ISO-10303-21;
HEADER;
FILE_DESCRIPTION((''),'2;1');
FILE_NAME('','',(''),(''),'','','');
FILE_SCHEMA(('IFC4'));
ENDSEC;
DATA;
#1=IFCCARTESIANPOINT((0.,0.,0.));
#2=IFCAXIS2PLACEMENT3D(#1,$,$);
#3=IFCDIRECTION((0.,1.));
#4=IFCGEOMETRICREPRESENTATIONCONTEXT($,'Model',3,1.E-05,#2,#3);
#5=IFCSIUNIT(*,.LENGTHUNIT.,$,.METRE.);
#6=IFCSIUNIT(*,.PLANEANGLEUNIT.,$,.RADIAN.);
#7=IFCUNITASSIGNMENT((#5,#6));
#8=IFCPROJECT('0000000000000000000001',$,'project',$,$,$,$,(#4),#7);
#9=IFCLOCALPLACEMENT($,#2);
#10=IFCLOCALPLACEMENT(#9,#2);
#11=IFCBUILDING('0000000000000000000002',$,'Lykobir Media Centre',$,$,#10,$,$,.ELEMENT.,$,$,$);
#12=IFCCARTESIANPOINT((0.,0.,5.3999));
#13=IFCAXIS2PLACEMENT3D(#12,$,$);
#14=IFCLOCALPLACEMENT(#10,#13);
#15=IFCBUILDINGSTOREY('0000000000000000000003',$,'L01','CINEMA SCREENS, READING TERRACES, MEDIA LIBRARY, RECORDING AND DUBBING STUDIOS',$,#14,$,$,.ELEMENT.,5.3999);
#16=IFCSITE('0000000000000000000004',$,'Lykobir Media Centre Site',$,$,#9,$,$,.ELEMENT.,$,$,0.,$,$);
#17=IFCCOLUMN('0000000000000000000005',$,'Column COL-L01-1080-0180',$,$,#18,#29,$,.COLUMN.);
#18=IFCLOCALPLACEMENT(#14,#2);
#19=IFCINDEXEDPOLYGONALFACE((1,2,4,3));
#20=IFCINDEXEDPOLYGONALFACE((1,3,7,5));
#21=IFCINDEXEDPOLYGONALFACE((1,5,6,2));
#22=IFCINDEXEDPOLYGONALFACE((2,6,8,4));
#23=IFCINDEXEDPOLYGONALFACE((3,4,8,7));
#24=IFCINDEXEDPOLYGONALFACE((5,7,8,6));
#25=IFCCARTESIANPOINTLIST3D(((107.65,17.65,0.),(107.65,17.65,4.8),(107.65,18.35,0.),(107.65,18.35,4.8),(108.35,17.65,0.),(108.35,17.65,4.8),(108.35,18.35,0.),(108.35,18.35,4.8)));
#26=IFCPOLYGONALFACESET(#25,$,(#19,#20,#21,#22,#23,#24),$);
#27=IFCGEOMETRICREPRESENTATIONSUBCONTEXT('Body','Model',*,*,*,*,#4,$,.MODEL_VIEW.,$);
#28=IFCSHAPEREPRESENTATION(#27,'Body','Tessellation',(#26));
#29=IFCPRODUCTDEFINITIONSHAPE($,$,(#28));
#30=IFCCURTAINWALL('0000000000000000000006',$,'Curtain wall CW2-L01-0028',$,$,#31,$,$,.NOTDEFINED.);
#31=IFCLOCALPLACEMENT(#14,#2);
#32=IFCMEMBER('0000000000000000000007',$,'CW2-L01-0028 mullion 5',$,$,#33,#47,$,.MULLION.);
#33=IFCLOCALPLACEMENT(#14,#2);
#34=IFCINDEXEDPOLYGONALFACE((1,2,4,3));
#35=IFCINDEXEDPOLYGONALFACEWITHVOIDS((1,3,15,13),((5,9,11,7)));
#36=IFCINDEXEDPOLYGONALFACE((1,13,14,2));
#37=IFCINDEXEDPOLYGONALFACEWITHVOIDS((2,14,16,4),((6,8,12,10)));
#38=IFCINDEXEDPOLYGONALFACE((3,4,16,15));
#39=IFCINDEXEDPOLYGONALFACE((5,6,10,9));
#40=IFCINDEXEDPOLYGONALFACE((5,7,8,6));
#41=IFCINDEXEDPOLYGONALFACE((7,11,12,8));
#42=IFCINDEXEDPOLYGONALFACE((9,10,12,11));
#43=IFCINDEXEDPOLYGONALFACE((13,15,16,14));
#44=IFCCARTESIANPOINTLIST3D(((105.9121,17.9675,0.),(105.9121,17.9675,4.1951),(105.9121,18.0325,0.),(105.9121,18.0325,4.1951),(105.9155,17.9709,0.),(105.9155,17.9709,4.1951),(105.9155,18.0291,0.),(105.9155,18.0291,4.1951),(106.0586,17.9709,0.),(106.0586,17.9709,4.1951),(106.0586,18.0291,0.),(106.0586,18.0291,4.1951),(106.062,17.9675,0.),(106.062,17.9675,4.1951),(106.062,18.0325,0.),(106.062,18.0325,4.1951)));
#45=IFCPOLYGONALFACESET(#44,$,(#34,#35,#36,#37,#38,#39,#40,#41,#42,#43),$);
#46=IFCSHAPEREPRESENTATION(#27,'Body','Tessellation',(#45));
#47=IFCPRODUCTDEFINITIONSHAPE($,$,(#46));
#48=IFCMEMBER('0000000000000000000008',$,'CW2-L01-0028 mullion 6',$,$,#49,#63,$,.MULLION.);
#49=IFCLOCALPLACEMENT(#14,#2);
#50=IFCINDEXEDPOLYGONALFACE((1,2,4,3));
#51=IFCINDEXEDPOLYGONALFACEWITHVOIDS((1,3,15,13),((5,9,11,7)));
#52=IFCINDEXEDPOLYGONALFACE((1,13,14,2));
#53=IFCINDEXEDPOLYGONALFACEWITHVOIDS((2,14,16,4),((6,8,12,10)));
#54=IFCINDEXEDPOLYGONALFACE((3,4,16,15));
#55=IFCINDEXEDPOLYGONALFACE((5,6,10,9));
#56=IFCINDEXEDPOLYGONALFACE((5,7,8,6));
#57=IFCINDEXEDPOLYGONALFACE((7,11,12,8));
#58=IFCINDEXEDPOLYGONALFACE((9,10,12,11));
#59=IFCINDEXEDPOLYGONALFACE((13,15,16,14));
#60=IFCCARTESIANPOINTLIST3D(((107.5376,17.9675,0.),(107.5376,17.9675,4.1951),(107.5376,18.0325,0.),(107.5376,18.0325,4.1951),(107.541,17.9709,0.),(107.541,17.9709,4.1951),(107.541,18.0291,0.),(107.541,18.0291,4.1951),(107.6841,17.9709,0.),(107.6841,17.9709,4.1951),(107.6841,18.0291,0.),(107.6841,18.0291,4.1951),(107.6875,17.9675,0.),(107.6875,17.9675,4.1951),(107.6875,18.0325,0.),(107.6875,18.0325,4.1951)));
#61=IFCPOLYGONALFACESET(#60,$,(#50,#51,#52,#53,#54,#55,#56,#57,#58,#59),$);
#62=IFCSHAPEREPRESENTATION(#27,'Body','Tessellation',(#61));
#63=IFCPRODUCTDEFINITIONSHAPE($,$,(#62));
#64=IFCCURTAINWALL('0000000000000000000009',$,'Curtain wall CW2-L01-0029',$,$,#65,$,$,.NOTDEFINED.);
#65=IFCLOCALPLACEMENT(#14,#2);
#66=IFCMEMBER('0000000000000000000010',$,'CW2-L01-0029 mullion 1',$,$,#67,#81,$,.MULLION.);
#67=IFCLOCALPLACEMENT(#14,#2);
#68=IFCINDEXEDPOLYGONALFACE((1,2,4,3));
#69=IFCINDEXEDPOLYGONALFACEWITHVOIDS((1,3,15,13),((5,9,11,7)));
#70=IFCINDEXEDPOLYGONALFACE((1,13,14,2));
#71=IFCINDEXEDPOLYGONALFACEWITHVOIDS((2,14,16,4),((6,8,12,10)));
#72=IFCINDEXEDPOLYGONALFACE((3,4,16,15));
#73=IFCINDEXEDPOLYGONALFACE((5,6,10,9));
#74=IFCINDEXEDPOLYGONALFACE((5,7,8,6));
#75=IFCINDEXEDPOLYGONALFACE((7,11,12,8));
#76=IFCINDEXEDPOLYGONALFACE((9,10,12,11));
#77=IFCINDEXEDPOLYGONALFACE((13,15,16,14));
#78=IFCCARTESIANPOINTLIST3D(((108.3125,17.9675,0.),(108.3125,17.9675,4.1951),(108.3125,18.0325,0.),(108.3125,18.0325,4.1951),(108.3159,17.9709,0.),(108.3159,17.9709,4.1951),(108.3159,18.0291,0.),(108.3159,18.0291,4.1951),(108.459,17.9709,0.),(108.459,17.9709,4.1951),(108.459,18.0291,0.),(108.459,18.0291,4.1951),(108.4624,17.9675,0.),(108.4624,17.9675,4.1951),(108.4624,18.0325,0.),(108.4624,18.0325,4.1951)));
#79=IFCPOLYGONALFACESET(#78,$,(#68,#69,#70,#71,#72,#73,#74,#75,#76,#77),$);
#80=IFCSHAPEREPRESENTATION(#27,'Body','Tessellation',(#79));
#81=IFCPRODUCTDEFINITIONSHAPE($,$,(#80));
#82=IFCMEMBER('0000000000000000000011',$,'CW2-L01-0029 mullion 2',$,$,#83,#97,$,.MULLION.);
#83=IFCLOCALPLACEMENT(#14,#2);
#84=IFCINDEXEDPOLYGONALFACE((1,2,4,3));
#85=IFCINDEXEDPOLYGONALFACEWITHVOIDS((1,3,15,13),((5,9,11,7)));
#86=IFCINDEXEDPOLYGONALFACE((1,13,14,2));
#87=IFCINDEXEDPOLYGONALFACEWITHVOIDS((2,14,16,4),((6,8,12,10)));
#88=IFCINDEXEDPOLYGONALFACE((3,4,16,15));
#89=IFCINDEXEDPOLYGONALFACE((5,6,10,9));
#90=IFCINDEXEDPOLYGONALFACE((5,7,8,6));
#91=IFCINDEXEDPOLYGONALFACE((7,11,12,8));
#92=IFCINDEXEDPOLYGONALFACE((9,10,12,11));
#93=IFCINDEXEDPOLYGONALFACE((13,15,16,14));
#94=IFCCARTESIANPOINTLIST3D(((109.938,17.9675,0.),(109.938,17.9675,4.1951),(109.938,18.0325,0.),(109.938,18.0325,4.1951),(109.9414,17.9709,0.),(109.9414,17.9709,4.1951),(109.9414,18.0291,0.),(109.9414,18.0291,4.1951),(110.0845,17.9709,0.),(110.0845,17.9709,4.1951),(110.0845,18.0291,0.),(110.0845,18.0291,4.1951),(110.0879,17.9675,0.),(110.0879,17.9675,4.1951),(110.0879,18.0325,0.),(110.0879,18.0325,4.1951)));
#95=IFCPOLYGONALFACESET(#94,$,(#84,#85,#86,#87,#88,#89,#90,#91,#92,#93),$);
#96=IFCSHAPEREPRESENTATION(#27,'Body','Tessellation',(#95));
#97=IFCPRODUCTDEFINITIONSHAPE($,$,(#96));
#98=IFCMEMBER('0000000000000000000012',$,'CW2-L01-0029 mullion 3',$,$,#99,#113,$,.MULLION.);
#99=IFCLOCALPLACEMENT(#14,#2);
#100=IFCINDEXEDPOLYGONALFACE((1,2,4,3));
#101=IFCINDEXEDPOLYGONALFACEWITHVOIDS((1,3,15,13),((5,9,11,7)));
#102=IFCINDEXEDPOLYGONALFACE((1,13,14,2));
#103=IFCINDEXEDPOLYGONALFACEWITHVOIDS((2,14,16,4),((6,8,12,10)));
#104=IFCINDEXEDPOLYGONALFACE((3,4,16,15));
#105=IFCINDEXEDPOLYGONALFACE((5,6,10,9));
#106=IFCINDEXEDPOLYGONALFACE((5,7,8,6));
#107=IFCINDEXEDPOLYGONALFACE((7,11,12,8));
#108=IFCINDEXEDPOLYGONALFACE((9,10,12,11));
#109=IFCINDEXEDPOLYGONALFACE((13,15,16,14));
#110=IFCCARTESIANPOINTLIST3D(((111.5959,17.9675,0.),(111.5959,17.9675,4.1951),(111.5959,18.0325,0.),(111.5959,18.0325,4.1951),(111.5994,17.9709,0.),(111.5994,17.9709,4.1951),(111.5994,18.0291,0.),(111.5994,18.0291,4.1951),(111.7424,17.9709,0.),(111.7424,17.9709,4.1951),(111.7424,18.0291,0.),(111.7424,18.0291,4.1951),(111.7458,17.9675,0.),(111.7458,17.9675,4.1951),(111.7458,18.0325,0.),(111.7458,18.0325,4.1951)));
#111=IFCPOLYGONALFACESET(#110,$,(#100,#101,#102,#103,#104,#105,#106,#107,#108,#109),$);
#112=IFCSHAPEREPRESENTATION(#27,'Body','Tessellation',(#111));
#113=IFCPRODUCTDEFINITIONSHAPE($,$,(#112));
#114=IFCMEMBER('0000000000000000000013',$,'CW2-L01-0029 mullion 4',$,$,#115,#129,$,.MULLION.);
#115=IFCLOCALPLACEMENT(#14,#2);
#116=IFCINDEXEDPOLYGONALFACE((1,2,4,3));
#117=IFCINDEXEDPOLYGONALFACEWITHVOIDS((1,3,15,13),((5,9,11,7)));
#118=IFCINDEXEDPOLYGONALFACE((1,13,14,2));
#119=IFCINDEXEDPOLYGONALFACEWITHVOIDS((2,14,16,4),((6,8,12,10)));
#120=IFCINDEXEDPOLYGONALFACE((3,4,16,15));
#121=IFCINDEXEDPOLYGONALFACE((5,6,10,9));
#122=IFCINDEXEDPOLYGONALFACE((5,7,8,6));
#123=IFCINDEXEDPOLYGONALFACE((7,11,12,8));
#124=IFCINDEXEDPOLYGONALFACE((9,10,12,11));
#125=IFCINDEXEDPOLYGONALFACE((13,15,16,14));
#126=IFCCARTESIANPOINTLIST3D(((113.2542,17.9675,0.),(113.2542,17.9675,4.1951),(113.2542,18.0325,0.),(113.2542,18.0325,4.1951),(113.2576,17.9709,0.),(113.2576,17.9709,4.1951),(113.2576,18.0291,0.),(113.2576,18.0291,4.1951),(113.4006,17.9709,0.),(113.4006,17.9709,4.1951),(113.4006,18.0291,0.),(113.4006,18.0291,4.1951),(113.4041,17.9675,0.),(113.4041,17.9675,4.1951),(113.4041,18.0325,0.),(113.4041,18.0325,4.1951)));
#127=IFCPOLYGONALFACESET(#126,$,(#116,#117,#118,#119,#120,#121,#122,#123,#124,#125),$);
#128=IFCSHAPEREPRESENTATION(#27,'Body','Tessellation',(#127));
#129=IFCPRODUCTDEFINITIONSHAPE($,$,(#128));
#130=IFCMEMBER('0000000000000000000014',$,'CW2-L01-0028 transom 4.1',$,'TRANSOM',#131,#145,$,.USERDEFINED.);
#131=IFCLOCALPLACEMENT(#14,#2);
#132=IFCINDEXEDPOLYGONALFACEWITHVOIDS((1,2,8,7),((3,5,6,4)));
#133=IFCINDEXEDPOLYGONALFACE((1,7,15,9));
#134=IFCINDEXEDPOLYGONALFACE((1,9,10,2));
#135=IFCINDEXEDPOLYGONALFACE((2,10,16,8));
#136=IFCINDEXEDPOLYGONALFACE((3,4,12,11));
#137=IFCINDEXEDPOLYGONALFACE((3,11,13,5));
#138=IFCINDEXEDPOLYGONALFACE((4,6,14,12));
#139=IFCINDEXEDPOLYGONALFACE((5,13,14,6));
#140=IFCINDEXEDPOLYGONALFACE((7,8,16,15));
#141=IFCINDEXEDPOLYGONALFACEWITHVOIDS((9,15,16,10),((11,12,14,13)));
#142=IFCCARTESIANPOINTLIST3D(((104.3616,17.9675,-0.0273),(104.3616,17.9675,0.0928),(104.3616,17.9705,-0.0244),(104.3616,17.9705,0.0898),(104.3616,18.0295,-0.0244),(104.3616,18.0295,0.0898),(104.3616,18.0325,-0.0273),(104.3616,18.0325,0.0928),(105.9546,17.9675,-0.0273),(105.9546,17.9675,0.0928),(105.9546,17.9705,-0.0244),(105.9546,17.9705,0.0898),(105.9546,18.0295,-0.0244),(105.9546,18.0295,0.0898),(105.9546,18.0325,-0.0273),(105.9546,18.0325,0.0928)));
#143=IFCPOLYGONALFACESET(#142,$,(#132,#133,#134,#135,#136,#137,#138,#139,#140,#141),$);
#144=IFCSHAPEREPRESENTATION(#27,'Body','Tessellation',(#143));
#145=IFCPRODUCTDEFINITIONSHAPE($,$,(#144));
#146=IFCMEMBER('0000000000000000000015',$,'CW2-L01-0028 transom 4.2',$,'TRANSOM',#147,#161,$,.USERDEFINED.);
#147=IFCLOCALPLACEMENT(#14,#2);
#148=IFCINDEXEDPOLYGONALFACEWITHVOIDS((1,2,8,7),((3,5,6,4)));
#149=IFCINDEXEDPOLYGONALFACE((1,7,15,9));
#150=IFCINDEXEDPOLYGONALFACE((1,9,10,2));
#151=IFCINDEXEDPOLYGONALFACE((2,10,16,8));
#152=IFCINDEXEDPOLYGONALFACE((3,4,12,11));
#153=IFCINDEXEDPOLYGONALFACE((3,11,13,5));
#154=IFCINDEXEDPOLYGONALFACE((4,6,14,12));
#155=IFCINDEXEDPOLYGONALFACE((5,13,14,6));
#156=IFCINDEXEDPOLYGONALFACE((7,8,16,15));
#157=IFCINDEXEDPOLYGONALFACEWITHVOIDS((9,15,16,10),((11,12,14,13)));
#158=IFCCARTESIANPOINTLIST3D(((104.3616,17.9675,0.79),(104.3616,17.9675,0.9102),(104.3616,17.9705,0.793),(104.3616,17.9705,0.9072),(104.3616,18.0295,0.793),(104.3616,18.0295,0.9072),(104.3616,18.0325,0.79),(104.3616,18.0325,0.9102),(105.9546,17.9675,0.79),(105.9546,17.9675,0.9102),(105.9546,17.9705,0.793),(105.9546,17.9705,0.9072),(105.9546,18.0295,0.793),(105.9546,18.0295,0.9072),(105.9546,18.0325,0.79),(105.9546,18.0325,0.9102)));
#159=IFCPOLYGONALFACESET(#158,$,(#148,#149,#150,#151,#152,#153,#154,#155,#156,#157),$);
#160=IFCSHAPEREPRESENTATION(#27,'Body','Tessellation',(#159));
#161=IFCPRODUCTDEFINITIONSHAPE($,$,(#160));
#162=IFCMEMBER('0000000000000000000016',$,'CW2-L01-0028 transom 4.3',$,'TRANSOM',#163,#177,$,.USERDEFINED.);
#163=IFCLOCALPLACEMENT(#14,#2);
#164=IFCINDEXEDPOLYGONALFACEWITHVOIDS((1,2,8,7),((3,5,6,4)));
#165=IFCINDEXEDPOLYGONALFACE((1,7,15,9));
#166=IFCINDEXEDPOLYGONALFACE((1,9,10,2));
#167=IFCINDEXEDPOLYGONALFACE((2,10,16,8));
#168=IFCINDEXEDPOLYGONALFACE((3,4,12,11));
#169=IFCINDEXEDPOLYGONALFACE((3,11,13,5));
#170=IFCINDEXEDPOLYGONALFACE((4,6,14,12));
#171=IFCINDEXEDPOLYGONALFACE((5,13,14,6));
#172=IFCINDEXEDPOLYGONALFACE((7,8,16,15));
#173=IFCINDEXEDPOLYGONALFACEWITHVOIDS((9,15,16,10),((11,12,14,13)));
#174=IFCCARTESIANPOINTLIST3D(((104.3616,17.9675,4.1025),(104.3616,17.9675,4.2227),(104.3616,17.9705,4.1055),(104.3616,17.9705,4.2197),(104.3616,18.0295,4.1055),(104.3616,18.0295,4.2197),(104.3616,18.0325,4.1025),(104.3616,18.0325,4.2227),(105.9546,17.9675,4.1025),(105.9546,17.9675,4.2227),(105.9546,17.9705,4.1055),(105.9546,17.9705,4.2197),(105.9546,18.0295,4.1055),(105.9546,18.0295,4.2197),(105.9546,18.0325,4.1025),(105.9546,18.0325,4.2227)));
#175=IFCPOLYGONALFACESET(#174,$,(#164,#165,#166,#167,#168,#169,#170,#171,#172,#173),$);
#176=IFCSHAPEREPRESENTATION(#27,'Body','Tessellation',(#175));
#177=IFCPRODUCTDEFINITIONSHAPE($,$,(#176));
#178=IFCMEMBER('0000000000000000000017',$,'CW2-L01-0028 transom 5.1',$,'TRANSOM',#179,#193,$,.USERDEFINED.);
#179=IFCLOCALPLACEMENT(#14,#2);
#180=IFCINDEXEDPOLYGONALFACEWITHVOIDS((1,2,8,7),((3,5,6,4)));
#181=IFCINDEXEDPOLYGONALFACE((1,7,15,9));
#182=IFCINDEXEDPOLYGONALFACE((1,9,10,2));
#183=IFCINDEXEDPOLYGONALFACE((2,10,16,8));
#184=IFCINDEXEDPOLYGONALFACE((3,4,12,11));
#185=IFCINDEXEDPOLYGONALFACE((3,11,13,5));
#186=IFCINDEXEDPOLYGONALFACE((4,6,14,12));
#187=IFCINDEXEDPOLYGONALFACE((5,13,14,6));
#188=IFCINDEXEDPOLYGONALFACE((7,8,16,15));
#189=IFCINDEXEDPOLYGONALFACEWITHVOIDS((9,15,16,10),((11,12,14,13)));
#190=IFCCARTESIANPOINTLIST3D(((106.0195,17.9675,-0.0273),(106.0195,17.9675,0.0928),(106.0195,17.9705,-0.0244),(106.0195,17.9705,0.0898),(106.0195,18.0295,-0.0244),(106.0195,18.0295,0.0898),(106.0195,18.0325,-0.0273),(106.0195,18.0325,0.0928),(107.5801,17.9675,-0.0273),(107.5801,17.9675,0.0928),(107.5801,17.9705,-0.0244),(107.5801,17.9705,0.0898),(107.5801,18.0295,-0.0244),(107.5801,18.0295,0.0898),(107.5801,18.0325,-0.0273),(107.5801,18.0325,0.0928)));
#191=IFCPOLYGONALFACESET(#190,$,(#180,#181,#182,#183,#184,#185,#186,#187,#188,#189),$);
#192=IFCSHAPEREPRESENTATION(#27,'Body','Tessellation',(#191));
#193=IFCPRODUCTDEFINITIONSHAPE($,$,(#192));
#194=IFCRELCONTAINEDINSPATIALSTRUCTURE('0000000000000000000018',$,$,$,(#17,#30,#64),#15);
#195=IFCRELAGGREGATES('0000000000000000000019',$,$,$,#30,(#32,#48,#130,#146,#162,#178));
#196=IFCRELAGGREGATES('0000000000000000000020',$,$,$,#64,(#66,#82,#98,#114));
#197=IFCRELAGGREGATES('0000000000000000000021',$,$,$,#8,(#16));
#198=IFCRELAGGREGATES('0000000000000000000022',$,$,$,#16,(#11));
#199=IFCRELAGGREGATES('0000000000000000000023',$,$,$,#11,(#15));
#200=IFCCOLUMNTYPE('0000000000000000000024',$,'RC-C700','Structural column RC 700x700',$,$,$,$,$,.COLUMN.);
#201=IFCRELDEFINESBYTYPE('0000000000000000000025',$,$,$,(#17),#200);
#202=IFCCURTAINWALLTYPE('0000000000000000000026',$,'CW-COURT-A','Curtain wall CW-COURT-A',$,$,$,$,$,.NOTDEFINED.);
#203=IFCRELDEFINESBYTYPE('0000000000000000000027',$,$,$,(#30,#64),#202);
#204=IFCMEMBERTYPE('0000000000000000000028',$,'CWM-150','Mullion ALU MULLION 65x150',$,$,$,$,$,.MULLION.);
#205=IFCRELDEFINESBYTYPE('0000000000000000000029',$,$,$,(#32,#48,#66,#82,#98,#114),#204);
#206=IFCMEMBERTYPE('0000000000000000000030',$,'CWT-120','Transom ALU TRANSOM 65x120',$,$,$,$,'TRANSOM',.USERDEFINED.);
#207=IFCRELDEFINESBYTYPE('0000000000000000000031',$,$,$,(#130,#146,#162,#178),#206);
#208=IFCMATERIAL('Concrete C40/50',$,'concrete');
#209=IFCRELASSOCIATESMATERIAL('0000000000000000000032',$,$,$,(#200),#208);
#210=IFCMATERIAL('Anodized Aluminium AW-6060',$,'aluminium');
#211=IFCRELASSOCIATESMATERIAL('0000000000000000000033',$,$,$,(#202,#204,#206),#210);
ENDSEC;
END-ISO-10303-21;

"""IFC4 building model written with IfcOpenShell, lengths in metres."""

from ifc_helpers import new_model, si_unit, direction, frame, origin, origin_2d, place, context, subcontext, project, spatial, rectangle, hollow_rectangle, extrude, material, material_profile, profile_set, type_object, element, aggregate, save


model = new_model("IFC4")

# Units and contexts
model_context = context("Model", 3, precision=1e-05, world=origin(), true_north=direction((0.0, 1.0)))
body_context = subcontext(model_context, "Body", "Model", "MODEL_VIEW")
ifc_project = project(units=[si_unit("LENGTHUNIT", "METRE"), si_unit("PLANEANGLEUNIT", "RADIAN")], contexts=[model_context])

# Site, building, storey
site_placement = place(None, origin())
site = spatial("IfcSite", under=ifc_project, at=site_placement, Name="Lykobir Media Centre Site", CompositionType="ELEMENT", RefElevation=0.0)
building_placement = place(site_placement, origin())
building = spatial("IfcBuilding", under=site, at=building_placement, Name="Lykobir Media Centre", CompositionType="ELEMENT")
storey_placement = place(building_placement, frame((0.0, 0.0, 5.3999)))
storey = spatial("IfcBuildingStorey", under=building, at=storey_placement, Name="L01", Description="CINEMA SCREENS, READING TERRACES, MEDIA LIBRARY, RECORDING AND DUBBING STUDIOS", CompositionType="ELEMENT", Elevation=5.3999)

# Column
ifc_material_1 = material(Name="Concrete C40/50", Category="concrete")
ifc_material_profile_1 = material_profile(ifc_material_1, rectangle(XDim=0.7, YDim=0.7, at=origin_2d()), Name="RC 700x700")
ifc_profile_set_1 = profile_set([ifc_material_profile_1], Name="Concrete C40/50")
column_type = type_object("IfcColumnType", Name="RC-C700", Description="Structural column RC 700x700", PredefinedType="COLUMN", material=ifc_profile_set_1)
column_placement = place(storey_placement, frame((108.0, 18.0, 0.0), z_axis=(0.0, 0.0, 1.0), x_axis=(1.0, 0.0, 0.0)))
element("IfcColumn", 1, at=column_placement, inside=storey, type_object=column_type, Name="Column COL-L01-1080-0180", PredefinedType="COLUMN", context=body_context, shape_type="SweptSolid", body=[
    extrude(rectangle(XDim=0.7, YDim=0.7, at=origin_2d()), origin(), (0.0, 0.0, 1.0), 4.8),
])

# Curtain walls, members
ifc_material_2 = material(Name="Anodized Aluminium AW-6060", Category="aluminium")
curtain_wall_type = type_object("IfcCurtainWallType", Name="CW-COURT-A", Description="Curtain wall CW-COURT-A", PredefinedType="NOTDEFINED", material=ifc_material_2)
curtain_wall_1_placement = place(storey_placement, origin())
curtain_wall_1 = element("IfcCurtainWall", 2, at=curtain_wall_1_placement, inside=storey, type_object=curtain_wall_type, Name="Curtain wall CW2-L01-0028", PredefinedType="NOTDEFINED")
ifc_material_profile_2 = material_profile(ifc_material_2, hollow_rectangle(XDim=0.0649, YDim=0.1499, WallThickness=0.0034, at=origin_2d()), Name="ALU MULLION 65x150")
ifc_profile_set_2 = profile_set([ifc_material_profile_2], Name="Anodized Aluminium AW-6060")
member_type_1 = type_object("IfcMemberType", Name="CWM-150", Description="Mullion ALU MULLION 65x150", PredefinedType="MULLION", material=ifc_profile_set_2)
member_1_placement = place(storey_placement, frame((105.9871, 18.0, 0.0), z_axis=(0.0, 0.0, 1.0), x_axis=(0.0, 1.0, 0.0)))
member_1 = element("IfcMember", 3, at=member_1_placement, type_object=member_type_1, Name="CW2-L01-0028 mullion 5", PredefinedType="MULLION", context=body_context, shape_type="SweptSolid", body=[
    extrude(hollow_rectangle(XDim=0.0649, YDim=0.1499, WallThickness=0.0034, at=origin_2d()), origin(), (0.0, 0.0, 1.0), 4.1951),
])
member_2_placement = place(storey_placement, frame((107.6125, 18.0, 0.0), z_axis=(0.0, 0.0, 1.0), x_axis=(0.0, 1.0, 0.0)))
member_2 = element("IfcMember", 4, at=member_2_placement, type_object=member_type_1, Name="CW2-L01-0028 mullion 6", PredefinedType="MULLION", context=body_context, shape_type="SweptSolid", body=[
    extrude(hollow_rectangle(XDim=0.0649, YDim=0.1499, WallThickness=0.0034, at=origin_2d()), origin(), (0.0, 0.0, 1.0), 4.1951),
])
curtain_wall_2_placement = place(storey_placement, origin())
curtain_wall_2 = element("IfcCurtainWall", 5, at=curtain_wall_2_placement, inside=storey, type_object=curtain_wall_type, Name="Curtain wall CW2-L01-0029", PredefinedType="NOTDEFINED")
member_3_placement = place(storey_placement, frame((108.3875, 18.0, 0.0), z_axis=(0.0, 0.0, 1.0), x_axis=(0.0, 1.0, 0.0)))
member_3 = element("IfcMember", 6, at=member_3_placement, type_object=member_type_1, Name="CW2-L01-0029 mullion 1", PredefinedType="MULLION", context=body_context, shape_type="SweptSolid", body=[
    extrude(hollow_rectangle(XDim=0.0649, YDim=0.1499, WallThickness=0.0034, at=origin_2d()), origin(), (0.0, 0.0, 1.0), 4.1951),
])
member_4_placement = place(storey_placement, frame((110.0129, 18.0, 0.0), z_axis=(0.0, 0.0, 1.0), x_axis=(0.0, 1.0, 0.0)))
member_4 = element("IfcMember", 7, at=member_4_placement, type_object=member_type_1, Name="CW2-L01-0029 mullion 2", PredefinedType="MULLION", context=body_context, shape_type="SweptSolid", body=[
    extrude(hollow_rectangle(XDim=0.0649, YDim=0.1499, WallThickness=0.0034, at=origin_2d()), origin(), (0.0, 0.0, 1.0), 4.1951),
])
member_5_placement = place(storey_placement, frame((111.6709, 18.0, 0.0), z_axis=(0.0, 0.0, 1.0), x_axis=(0.0, 1.0, 0.0)))
member_5 = element("IfcMember", 8, at=member_5_placement, type_object=member_type_1, Name="CW2-L01-0029 mullion 3", PredefinedType="MULLION", context=body_context, shape_type="SweptSolid", body=[
    extrude(hollow_rectangle(XDim=0.0649, YDim=0.1499, WallThickness=0.0034, at=origin_2d()), origin(), (0.0, 0.0, 1.0), 4.1951),
])
member_6_placement = place(storey_placement, frame((113.3291, 18.0, 0.0), z_axis=(0.0, 0.0, 1.0), x_axis=(0.0, 1.0, 0.0)))
member_6 = element("IfcMember", 9, at=member_6_placement, type_object=member_type_1, Name="CW2-L01-0029 mullion 4", PredefinedType="MULLION", context=body_context, shape_type="SweptSolid", body=[
    extrude(hollow_rectangle(XDim=0.0649, YDim=0.1499, WallThickness=0.0034, at=origin_2d()), origin(), (0.0, 0.0, 1.0), 4.1951),
])

# Members
ifc_material_profile_3 = material_profile(ifc_material_2, hollow_rectangle(XDim=0.0649, YDim=0.1201, WallThickness=0.0029, at=origin_2d()), Name="ALU TRANSOM 65x120")
ifc_profile_set_3 = profile_set([ifc_material_profile_3], Name="Anodized Aluminium AW-6060")
member_type_2 = type_object("IfcMemberType", Name="CWT-120", Description="Transom ALU TRANSOM 65x120", ElementType="TRANSOM", PredefinedType="USERDEFINED", material=ifc_profile_set_3)
member_7_placement = place(storey_placement, frame((104.3616, 18.0, 0.0327), z_axis=(1.0, 0.0, 0.0), x_axis=(0.0, 1.0, 0.0)))
member_7 = element("IfcMember", 10, at=member_7_placement, type_object=member_type_2, Name="CW2-L01-0028 transom 4.1", ObjectType="TRANSOM", PredefinedType="USERDEFINED", context=body_context, shape_type="SweptSolid", body=[
    extrude(hollow_rectangle(XDim=0.0649, YDim=0.1201, WallThickness=0.0029, at=origin_2d()), origin(), (0.0, 0.0, 1.0), 1.593),
])
member_8_placement = place(storey_placement, frame((104.3616, 18.0, 0.8501), z_axis=(1.0, 0.0, 0.0), x_axis=(0.0, 1.0, 0.0)))
member_8 = element("IfcMember", 11, at=member_8_placement, type_object=member_type_2, Name="CW2-L01-0028 transom 4.2", ObjectType="TRANSOM", PredefinedType="USERDEFINED", context=body_context, shape_type="SweptSolid", body=[
    extrude(hollow_rectangle(XDim=0.0649, YDim=0.1201, WallThickness=0.0029, at=origin_2d()), origin(), (0.0, 0.0, 1.0), 1.593),
])
member_9_placement = place(storey_placement, frame((104.3616, 18.0, 4.1626), z_axis=(1.0, 0.0, 0.0), x_axis=(0.0, 1.0, 0.0)))
member_9 = element("IfcMember", 12, at=member_9_placement, type_object=member_type_2, Name="CW2-L01-0028 transom 4.3", ObjectType="TRANSOM", PredefinedType="USERDEFINED", context=body_context, shape_type="SweptSolid", body=[
    extrude(hollow_rectangle(XDim=0.0649, YDim=0.1201, WallThickness=0.0029, at=origin_2d()), origin(), (0.0, 0.0, 1.0), 1.593),
])
member_10_placement = place(storey_placement, frame((106.0195, 18.0, 0.0327), z_axis=(1.0, 0.0, 0.0), x_axis=(0.0, 1.0, 0.0)))
member_10 = element("IfcMember", 13, at=member_10_placement, type_object=member_type_2, Name="CW2-L01-0028 transom 5.1", ObjectType="TRANSOM", PredefinedType="USERDEFINED", context=body_context, shape_type="SweptSolid", body=[
    extrude(hollow_rectangle(XDim=0.0649, YDim=0.1201, WallThickness=0.0029, at=origin_2d()), origin(), (0.0, 0.0, 1.0), 1.5605),
])

aggregate(curtain_wall_1, [member_1, member_2, member_7, member_8, member_9, member_10])
aggregate(curtain_wall_2, [member_3, member_4, member_5, member_6])

save(model, "model.ifc")
